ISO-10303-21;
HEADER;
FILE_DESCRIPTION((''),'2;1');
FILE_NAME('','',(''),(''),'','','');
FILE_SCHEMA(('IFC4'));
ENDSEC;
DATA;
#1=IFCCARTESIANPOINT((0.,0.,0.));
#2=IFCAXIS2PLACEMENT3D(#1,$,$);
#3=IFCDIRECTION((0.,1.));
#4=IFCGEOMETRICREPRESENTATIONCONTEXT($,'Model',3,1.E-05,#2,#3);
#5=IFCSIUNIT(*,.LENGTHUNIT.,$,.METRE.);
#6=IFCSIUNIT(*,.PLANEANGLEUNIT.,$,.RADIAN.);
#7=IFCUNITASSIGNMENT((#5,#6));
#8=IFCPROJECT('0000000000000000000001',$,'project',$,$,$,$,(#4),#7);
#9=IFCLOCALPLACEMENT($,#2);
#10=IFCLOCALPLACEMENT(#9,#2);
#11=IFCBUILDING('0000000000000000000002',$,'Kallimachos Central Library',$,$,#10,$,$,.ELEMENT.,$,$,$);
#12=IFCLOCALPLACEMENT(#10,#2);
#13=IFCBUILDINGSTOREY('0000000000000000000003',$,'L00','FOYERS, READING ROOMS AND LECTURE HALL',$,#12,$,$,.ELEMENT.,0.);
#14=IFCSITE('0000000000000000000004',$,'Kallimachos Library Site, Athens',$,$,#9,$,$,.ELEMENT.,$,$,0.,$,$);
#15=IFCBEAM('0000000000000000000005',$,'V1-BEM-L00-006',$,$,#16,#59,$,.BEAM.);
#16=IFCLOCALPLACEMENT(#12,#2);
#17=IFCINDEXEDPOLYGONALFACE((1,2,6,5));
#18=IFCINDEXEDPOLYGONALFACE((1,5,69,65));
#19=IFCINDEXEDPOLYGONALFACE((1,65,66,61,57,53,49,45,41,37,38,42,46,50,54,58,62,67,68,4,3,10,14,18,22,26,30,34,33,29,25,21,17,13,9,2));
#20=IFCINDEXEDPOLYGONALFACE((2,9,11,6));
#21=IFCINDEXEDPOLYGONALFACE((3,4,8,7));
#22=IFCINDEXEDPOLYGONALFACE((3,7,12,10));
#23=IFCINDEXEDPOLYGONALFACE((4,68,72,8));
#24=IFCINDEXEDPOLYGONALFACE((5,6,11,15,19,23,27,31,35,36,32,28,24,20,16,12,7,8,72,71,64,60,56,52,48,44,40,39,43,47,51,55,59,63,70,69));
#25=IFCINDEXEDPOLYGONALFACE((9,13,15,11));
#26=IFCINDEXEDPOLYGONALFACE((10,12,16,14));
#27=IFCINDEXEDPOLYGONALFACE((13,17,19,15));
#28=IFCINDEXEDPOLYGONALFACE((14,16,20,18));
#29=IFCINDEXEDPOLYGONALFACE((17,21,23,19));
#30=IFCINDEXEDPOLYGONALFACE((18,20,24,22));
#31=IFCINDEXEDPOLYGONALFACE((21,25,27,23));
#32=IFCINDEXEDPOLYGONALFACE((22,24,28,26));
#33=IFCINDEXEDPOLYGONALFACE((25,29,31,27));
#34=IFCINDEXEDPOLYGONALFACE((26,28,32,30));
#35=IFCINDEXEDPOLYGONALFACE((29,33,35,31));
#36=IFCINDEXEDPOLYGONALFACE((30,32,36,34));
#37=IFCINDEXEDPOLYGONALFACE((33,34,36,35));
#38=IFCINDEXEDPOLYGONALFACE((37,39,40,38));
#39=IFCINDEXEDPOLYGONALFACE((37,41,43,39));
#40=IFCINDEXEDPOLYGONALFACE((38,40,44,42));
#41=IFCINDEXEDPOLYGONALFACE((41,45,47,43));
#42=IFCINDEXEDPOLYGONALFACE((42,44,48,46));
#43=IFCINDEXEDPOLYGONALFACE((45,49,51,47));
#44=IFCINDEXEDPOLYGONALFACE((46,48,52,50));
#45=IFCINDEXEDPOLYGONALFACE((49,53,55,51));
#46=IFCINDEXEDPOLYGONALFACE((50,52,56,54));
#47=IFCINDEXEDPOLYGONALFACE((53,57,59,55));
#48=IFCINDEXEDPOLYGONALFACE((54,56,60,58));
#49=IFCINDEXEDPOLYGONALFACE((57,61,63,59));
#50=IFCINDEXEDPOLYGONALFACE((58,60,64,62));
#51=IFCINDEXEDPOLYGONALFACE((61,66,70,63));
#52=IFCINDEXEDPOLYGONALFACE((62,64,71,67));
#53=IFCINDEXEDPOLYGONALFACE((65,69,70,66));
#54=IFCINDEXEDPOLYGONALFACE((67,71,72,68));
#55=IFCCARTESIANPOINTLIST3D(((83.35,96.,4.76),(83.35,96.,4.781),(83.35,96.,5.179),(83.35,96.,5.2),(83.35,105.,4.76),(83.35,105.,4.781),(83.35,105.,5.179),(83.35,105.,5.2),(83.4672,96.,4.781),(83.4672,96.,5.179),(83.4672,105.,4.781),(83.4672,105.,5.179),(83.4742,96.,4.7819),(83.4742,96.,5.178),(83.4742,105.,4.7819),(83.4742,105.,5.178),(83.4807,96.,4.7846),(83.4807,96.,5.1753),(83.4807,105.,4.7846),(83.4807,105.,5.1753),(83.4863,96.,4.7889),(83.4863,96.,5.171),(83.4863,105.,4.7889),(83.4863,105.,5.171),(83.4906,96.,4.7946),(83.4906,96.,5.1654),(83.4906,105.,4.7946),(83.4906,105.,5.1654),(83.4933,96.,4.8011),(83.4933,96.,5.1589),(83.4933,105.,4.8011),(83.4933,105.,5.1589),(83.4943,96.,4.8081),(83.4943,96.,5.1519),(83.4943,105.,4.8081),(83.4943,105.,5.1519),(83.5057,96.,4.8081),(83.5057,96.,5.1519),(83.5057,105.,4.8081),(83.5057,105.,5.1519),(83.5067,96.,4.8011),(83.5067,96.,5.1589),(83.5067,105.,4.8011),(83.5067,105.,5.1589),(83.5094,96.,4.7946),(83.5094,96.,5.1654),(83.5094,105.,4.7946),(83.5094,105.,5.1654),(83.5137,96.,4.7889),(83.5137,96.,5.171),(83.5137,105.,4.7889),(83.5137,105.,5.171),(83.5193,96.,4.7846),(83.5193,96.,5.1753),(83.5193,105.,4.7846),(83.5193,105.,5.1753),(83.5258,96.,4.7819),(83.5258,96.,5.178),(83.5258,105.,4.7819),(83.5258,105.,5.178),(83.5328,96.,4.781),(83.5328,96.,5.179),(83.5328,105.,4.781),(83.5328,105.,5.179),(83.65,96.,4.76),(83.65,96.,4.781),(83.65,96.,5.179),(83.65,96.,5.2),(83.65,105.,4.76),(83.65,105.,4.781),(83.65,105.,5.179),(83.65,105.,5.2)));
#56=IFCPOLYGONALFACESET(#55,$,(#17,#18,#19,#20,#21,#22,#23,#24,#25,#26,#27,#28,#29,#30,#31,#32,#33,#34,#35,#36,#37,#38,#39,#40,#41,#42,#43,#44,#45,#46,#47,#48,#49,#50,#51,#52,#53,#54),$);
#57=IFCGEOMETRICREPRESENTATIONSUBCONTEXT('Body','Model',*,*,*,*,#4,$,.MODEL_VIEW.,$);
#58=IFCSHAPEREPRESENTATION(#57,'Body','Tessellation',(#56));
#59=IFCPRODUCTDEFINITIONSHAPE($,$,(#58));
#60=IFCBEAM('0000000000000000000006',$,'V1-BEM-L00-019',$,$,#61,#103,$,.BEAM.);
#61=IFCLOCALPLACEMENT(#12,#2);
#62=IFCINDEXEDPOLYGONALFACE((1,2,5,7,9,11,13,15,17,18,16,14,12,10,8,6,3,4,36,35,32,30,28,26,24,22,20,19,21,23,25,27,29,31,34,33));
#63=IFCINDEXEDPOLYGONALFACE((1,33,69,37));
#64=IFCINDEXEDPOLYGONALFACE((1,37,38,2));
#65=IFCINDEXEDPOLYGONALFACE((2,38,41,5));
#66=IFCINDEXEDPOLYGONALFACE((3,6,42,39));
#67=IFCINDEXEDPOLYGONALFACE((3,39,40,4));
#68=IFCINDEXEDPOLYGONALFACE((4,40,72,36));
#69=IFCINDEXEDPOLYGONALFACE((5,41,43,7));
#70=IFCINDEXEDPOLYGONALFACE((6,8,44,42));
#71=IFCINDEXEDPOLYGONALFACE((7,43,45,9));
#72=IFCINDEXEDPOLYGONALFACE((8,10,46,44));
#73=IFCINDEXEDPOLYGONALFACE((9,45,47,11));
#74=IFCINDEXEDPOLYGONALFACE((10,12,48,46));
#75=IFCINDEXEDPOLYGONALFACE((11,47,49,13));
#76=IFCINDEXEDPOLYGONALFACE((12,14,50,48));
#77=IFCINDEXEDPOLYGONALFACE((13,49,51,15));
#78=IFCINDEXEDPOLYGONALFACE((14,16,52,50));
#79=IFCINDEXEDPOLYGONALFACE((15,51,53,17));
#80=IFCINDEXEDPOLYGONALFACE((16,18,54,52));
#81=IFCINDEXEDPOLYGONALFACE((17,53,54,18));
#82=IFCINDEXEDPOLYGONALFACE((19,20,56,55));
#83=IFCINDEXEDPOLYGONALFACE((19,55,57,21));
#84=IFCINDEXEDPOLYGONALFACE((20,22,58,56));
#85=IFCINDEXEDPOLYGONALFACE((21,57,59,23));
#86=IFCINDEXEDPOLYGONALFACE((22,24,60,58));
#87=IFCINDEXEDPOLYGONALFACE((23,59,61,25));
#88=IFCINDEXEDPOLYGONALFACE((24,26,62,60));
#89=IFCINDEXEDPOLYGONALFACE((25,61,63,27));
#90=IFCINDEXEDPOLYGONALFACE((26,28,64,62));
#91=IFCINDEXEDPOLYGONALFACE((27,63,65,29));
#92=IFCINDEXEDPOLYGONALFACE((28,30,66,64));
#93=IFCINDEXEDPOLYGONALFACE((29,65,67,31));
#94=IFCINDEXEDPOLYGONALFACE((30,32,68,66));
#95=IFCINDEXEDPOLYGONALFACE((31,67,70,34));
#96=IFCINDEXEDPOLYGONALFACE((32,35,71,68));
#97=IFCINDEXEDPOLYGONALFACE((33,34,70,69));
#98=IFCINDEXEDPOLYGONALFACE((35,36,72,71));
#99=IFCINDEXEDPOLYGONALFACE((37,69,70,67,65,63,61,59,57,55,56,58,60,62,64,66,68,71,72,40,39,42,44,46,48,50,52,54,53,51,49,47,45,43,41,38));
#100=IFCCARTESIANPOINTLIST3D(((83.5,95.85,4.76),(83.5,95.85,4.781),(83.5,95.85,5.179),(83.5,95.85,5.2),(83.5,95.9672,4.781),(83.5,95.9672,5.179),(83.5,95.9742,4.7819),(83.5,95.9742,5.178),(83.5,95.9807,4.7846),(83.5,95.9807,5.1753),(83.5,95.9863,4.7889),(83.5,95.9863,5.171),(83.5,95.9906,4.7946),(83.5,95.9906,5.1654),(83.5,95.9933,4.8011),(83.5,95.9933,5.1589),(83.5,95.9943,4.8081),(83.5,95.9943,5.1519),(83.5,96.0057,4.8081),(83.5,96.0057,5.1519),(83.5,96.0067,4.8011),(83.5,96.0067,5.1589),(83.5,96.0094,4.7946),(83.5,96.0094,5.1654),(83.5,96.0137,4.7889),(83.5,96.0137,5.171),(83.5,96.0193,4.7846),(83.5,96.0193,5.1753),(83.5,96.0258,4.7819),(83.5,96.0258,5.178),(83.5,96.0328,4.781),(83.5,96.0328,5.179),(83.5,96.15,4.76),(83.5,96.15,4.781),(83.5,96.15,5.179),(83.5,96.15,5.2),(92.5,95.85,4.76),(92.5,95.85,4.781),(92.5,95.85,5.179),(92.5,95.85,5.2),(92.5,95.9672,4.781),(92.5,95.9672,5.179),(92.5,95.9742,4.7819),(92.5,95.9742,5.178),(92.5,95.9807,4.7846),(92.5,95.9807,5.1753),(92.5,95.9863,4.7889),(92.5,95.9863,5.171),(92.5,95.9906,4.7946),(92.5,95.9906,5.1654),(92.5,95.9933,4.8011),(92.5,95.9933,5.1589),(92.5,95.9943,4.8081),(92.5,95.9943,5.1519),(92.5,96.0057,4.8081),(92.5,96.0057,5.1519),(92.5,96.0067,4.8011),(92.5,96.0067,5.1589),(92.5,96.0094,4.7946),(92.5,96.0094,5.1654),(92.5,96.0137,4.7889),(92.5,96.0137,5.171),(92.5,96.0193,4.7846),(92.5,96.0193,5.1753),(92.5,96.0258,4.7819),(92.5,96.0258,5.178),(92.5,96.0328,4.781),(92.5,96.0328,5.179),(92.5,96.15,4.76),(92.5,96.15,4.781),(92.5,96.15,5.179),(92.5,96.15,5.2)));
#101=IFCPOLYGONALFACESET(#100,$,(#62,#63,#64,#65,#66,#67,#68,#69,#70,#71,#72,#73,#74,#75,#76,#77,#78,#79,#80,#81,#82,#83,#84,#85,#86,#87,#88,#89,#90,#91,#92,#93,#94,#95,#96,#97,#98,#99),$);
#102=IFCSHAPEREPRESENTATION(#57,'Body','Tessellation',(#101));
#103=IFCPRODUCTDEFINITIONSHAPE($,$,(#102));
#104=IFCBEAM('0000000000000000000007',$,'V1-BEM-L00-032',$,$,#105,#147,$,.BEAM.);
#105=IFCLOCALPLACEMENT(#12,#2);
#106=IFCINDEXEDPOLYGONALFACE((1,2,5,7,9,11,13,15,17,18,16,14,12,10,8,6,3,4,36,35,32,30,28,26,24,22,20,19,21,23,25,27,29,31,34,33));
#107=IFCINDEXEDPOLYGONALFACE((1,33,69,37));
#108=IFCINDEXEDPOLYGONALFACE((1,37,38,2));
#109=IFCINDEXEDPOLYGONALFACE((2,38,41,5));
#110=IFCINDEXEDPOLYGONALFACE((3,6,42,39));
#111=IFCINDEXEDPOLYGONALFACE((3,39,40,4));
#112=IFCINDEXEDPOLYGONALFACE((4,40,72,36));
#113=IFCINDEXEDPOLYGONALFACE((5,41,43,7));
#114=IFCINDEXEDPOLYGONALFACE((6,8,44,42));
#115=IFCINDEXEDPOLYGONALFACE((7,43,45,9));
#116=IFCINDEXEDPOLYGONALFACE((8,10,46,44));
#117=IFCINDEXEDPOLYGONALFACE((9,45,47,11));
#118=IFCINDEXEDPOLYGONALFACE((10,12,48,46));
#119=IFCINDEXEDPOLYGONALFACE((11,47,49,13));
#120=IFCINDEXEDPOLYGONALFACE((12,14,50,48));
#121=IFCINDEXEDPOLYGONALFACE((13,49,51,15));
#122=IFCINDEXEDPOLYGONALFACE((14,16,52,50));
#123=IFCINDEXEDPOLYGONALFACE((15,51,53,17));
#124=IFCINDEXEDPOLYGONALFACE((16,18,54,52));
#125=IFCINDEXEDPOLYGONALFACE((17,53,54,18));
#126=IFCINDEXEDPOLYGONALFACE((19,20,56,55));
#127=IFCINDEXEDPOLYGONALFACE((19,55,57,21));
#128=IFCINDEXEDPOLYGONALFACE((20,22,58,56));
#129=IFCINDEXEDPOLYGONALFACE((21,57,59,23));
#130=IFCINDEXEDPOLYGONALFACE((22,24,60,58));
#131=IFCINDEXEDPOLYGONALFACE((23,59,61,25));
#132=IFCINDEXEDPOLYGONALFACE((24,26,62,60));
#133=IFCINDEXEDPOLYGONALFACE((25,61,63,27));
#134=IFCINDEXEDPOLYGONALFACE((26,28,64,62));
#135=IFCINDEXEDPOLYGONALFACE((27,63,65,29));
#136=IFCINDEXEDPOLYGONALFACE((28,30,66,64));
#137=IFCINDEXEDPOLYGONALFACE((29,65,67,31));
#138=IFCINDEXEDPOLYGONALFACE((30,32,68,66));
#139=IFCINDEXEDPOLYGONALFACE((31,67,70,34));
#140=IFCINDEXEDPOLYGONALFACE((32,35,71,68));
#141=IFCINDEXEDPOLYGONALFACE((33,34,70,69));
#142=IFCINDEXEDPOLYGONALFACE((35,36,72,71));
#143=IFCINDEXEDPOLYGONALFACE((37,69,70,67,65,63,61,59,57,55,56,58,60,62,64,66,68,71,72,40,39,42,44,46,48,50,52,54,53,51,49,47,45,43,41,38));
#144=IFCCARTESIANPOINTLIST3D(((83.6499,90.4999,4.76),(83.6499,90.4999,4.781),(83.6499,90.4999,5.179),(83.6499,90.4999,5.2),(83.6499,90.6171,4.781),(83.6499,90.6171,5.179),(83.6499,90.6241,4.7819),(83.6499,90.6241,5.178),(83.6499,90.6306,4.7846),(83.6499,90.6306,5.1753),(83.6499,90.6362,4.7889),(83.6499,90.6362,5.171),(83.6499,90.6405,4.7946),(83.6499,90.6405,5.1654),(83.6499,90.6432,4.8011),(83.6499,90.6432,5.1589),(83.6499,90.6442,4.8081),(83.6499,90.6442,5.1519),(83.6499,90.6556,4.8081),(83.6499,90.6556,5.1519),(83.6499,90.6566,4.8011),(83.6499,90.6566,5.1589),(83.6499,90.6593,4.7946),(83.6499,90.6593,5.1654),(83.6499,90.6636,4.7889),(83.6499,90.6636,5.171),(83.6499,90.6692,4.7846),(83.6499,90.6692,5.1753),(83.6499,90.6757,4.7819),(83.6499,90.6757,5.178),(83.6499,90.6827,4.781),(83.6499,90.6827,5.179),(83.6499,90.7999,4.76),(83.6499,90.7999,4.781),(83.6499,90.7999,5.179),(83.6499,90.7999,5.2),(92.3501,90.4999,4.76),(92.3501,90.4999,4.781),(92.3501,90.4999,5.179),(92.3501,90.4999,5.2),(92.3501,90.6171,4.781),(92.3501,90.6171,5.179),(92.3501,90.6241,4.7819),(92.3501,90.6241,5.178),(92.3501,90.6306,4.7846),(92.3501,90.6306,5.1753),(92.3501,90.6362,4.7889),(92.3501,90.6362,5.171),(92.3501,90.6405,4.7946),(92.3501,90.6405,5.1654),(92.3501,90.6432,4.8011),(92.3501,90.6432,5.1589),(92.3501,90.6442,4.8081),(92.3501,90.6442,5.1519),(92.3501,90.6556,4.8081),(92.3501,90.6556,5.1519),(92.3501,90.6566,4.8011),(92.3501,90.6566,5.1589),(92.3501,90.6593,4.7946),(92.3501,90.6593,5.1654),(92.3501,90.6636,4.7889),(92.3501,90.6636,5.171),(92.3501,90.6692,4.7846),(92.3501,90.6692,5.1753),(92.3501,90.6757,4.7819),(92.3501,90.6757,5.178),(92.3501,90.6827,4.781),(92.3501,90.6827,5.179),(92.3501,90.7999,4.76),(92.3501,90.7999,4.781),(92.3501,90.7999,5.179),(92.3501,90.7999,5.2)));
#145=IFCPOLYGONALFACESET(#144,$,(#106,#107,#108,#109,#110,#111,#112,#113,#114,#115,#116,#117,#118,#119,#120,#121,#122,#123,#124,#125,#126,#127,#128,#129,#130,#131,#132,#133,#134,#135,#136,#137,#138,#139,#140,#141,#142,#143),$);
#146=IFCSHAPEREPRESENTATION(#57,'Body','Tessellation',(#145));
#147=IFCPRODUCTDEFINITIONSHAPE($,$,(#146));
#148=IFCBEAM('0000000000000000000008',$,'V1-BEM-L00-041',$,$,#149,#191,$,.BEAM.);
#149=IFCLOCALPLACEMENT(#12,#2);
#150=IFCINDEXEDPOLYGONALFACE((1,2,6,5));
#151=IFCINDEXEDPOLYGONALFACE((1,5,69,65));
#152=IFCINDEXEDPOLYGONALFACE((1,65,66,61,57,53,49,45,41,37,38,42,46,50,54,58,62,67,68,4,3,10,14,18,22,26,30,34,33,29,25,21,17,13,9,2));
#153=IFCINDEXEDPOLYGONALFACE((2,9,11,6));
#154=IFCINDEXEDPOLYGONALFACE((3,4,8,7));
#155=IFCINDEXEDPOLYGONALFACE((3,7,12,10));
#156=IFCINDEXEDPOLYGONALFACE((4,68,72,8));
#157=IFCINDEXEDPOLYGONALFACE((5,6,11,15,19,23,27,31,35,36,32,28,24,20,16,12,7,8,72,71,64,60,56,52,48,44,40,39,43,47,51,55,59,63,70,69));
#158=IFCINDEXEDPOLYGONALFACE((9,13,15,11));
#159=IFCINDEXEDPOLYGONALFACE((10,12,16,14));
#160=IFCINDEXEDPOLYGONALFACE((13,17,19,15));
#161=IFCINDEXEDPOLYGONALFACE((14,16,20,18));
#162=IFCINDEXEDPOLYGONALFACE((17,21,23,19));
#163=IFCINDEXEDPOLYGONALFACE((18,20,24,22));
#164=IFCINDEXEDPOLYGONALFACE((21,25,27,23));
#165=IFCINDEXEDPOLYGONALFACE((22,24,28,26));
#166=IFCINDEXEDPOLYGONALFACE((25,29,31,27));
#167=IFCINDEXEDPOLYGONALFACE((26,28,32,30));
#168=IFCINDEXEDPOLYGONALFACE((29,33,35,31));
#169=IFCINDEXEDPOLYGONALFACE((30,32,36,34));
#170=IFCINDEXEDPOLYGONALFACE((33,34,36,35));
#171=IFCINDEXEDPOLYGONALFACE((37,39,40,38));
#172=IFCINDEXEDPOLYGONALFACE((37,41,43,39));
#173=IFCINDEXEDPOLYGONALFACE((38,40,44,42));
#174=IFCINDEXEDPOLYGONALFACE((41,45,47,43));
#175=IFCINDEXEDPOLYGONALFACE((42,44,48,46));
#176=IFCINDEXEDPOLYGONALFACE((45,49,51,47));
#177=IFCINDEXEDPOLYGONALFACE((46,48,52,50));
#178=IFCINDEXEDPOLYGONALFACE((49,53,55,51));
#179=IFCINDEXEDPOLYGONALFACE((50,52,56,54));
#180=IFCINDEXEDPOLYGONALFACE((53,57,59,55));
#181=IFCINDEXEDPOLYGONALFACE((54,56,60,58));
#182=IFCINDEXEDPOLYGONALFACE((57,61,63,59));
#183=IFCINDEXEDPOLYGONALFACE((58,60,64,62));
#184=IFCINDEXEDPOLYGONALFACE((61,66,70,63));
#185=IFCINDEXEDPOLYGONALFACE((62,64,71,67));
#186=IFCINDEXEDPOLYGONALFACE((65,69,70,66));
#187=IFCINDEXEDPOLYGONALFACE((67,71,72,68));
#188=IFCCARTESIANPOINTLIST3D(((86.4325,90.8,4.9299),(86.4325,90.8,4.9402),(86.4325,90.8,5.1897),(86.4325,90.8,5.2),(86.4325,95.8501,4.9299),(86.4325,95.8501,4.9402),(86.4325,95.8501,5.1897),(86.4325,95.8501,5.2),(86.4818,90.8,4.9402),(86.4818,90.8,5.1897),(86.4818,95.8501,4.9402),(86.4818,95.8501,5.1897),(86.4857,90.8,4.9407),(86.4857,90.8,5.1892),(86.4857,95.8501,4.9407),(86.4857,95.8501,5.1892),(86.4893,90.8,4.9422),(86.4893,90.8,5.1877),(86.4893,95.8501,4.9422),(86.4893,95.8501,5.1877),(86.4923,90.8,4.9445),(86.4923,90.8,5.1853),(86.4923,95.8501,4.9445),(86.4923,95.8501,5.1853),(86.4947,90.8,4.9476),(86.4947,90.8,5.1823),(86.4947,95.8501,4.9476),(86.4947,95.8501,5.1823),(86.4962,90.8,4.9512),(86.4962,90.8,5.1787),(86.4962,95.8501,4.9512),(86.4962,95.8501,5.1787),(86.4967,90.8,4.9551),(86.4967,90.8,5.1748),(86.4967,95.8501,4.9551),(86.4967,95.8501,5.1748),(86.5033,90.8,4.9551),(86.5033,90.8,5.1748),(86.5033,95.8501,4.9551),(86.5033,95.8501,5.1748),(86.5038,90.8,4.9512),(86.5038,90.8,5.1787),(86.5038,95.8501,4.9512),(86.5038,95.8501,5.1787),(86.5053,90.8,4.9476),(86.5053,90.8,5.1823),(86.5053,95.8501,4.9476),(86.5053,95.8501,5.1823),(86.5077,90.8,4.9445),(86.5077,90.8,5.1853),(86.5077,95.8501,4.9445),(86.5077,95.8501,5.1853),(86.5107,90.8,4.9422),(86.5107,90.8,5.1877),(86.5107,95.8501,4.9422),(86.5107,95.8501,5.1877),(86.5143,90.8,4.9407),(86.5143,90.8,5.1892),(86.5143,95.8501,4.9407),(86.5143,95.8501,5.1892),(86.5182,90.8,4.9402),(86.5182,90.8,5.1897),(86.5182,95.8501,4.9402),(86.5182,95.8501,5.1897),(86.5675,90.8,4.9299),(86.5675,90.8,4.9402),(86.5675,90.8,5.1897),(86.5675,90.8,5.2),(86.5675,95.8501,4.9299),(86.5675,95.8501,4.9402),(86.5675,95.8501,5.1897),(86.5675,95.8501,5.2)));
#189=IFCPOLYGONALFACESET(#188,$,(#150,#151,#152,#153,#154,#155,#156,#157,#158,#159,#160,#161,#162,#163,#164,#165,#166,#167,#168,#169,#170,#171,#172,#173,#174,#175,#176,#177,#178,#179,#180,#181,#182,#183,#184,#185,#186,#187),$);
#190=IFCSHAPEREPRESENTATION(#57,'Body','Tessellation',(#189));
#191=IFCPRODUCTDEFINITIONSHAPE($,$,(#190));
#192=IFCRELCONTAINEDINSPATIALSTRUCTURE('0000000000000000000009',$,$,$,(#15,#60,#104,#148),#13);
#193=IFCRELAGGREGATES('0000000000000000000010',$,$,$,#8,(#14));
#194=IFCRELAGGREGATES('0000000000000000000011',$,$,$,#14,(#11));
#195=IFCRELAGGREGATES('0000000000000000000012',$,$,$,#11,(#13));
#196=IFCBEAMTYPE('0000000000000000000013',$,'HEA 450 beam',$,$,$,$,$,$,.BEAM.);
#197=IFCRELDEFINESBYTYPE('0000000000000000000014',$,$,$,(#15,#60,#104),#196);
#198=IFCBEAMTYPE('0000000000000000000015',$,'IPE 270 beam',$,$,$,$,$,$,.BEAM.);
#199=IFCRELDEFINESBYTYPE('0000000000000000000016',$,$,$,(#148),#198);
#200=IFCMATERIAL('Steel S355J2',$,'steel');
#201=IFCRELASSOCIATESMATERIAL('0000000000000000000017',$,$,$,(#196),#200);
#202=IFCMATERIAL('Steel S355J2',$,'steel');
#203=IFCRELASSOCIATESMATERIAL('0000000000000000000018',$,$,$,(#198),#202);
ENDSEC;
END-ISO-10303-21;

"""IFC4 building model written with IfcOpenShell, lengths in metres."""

from ifc_helpers import new_model, si_unit, direction, frame, origin, origin_2d, place, context, subcontext, project, spatial, i_section, extrude, material, material_profile, profile_set, type_object, element, save


model = new_model("IFC4")

# Units and contexts
model_context = context("Model", 3, precision=1e-05, world=origin(), true_north=direction((0.0, 1.0)))
body_context = subcontext(model_context, "Body", "Model", "MODEL_VIEW")
ifc_project = project(units=[si_unit("LENGTHUNIT", "METRE"), si_unit("PLANEANGLEUNIT", "RADIAN")], contexts=[model_context])

# Site, building, storey
site_placement = place(None, origin())
site = spatial("IfcSite", under=ifc_project, at=site_placement, Name="Kallimachos Library Site, Athens", CompositionType="ELEMENT", RefElevation=0.0)
building_placement = place(site_placement, origin())
building = spatial("IfcBuilding", under=site, at=building_placement, Name="Kallimachos Central Library", CompositionType="ELEMENT")
storey_placement = place(building_placement, origin())
storey = spatial("IfcBuildingStorey", under=building, at=storey_placement, Name="L00", Description="FOYERS, READING ROOMS AND LECTURE HALL", CompositionType="ELEMENT", Elevation=0.0)

# Beams
ifc_material_1 = material(Name="Steel S355J2", Category="steel")
ifc_material_profile_1 = material_profile(ifc_material_1, i_section(OverallWidth=0.3, OverallDepth=0.4399, WebThickness=0.0115, FlangeThickness=0.021, FilletRadius=0.0271, at=origin_2d()), Name="HEA 450")
ifc_profile_set_1 = profile_set([ifc_material_profile_1], Name="Steel S355J2")
beam_type_1 = type_object("IfcBeamType", Name="HEA 450 beam", PredefinedType="BEAM", material=ifc_profile_set_1)
for number, where, z_axis, x_axis, name in (
    (1, (83.5, 96.0, 4.98), (0.0, 1.0, 0.0), (-1.0, 0.0, 0.0), "V1-BEM-L00-006"),
    (2, (83.5, 96.0, 4.98), (1.0, 0.0, 0.0), (0.0, 1.0, 0.0), "V1-BEM-L00-019"),
):
    element("IfcBeam", number, at=place(storey_placement, frame(where, z_axis=z_axis, x_axis=x_axis)), inside=storey, type_object=beam_type_1, Name=name, PredefinedType="BEAM", context=body_context, shape_type="SweptSolid", body=[
        extrude(i_section(OverallWidth=0.3, OverallDepth=0.4399, WebThickness=0.0115, FlangeThickness=0.021, FilletRadius=0.0271, at=origin_2d()), origin(), (0.0, 0.0, 1.0), 9.0),
    ])
beam_placement = place(storey_placement, frame((83.6499, 90.6499, 4.98), z_axis=(1.0, 0.0, 0.0), x_axis=(0.0, 1.0, 0.0)))
element("IfcBeam", 3, at=beam_placement, inside=storey, type_object=beam_type_1, Name="V1-BEM-L00-032", PredefinedType="BEAM", context=body_context, shape_type="SweptSolid", body=[
    extrude(i_section(OverallWidth=0.3, OverallDepth=0.4399, WebThickness=0.0115, FlangeThickness=0.021, FilletRadius=0.0271, at=origin_2d()), origin(), (0.0, 0.0, 1.0), 8.7002),
])
ifc_material_2 = material(Name="Steel S355J2", Category="steel")
ifc_material_profile_2 = material_profile(ifc_material_2, i_section(OverallWidth=0.135, OverallDepth=0.27, WebThickness=0.0066, FlangeThickness=0.0103, FilletRadius=0.0149, at=origin_2d()), Name="IPE 270")
ifc_profile_set_2 = profile_set([ifc_material_profile_2], Name="Steel S355J2")
beam_type_2 = type_object("IfcBeamType", Name="IPE 270 beam", PredefinedType="BEAM", material=ifc_profile_set_2)
for number, where, z_axis, x_axis, name in (
    (4, (86.5, 90.8, 5.0649), (0.0, 1.0, 0.0), (-1.0, 0.0, 0.0), "V1-BEM-L00-041"),
):
    element("IfcBeam", number, at=place(storey_placement, frame(where, z_axis=z_axis, x_axis=x_axis)), inside=storey, type_object=beam_type_2, Name=name, PredefinedType="BEAM", context=body_context, shape_type="SweptSolid", body=[
        extrude(i_section(OverallWidth=0.135, OverallDepth=0.27, WebThickness=0.0066, FlangeThickness=0.0103, FilletRadius=0.0149, at=origin_2d()), origin(), (0.0, 0.0, 1.0), 5.05),
    ])

save(model, "model.ifc")
